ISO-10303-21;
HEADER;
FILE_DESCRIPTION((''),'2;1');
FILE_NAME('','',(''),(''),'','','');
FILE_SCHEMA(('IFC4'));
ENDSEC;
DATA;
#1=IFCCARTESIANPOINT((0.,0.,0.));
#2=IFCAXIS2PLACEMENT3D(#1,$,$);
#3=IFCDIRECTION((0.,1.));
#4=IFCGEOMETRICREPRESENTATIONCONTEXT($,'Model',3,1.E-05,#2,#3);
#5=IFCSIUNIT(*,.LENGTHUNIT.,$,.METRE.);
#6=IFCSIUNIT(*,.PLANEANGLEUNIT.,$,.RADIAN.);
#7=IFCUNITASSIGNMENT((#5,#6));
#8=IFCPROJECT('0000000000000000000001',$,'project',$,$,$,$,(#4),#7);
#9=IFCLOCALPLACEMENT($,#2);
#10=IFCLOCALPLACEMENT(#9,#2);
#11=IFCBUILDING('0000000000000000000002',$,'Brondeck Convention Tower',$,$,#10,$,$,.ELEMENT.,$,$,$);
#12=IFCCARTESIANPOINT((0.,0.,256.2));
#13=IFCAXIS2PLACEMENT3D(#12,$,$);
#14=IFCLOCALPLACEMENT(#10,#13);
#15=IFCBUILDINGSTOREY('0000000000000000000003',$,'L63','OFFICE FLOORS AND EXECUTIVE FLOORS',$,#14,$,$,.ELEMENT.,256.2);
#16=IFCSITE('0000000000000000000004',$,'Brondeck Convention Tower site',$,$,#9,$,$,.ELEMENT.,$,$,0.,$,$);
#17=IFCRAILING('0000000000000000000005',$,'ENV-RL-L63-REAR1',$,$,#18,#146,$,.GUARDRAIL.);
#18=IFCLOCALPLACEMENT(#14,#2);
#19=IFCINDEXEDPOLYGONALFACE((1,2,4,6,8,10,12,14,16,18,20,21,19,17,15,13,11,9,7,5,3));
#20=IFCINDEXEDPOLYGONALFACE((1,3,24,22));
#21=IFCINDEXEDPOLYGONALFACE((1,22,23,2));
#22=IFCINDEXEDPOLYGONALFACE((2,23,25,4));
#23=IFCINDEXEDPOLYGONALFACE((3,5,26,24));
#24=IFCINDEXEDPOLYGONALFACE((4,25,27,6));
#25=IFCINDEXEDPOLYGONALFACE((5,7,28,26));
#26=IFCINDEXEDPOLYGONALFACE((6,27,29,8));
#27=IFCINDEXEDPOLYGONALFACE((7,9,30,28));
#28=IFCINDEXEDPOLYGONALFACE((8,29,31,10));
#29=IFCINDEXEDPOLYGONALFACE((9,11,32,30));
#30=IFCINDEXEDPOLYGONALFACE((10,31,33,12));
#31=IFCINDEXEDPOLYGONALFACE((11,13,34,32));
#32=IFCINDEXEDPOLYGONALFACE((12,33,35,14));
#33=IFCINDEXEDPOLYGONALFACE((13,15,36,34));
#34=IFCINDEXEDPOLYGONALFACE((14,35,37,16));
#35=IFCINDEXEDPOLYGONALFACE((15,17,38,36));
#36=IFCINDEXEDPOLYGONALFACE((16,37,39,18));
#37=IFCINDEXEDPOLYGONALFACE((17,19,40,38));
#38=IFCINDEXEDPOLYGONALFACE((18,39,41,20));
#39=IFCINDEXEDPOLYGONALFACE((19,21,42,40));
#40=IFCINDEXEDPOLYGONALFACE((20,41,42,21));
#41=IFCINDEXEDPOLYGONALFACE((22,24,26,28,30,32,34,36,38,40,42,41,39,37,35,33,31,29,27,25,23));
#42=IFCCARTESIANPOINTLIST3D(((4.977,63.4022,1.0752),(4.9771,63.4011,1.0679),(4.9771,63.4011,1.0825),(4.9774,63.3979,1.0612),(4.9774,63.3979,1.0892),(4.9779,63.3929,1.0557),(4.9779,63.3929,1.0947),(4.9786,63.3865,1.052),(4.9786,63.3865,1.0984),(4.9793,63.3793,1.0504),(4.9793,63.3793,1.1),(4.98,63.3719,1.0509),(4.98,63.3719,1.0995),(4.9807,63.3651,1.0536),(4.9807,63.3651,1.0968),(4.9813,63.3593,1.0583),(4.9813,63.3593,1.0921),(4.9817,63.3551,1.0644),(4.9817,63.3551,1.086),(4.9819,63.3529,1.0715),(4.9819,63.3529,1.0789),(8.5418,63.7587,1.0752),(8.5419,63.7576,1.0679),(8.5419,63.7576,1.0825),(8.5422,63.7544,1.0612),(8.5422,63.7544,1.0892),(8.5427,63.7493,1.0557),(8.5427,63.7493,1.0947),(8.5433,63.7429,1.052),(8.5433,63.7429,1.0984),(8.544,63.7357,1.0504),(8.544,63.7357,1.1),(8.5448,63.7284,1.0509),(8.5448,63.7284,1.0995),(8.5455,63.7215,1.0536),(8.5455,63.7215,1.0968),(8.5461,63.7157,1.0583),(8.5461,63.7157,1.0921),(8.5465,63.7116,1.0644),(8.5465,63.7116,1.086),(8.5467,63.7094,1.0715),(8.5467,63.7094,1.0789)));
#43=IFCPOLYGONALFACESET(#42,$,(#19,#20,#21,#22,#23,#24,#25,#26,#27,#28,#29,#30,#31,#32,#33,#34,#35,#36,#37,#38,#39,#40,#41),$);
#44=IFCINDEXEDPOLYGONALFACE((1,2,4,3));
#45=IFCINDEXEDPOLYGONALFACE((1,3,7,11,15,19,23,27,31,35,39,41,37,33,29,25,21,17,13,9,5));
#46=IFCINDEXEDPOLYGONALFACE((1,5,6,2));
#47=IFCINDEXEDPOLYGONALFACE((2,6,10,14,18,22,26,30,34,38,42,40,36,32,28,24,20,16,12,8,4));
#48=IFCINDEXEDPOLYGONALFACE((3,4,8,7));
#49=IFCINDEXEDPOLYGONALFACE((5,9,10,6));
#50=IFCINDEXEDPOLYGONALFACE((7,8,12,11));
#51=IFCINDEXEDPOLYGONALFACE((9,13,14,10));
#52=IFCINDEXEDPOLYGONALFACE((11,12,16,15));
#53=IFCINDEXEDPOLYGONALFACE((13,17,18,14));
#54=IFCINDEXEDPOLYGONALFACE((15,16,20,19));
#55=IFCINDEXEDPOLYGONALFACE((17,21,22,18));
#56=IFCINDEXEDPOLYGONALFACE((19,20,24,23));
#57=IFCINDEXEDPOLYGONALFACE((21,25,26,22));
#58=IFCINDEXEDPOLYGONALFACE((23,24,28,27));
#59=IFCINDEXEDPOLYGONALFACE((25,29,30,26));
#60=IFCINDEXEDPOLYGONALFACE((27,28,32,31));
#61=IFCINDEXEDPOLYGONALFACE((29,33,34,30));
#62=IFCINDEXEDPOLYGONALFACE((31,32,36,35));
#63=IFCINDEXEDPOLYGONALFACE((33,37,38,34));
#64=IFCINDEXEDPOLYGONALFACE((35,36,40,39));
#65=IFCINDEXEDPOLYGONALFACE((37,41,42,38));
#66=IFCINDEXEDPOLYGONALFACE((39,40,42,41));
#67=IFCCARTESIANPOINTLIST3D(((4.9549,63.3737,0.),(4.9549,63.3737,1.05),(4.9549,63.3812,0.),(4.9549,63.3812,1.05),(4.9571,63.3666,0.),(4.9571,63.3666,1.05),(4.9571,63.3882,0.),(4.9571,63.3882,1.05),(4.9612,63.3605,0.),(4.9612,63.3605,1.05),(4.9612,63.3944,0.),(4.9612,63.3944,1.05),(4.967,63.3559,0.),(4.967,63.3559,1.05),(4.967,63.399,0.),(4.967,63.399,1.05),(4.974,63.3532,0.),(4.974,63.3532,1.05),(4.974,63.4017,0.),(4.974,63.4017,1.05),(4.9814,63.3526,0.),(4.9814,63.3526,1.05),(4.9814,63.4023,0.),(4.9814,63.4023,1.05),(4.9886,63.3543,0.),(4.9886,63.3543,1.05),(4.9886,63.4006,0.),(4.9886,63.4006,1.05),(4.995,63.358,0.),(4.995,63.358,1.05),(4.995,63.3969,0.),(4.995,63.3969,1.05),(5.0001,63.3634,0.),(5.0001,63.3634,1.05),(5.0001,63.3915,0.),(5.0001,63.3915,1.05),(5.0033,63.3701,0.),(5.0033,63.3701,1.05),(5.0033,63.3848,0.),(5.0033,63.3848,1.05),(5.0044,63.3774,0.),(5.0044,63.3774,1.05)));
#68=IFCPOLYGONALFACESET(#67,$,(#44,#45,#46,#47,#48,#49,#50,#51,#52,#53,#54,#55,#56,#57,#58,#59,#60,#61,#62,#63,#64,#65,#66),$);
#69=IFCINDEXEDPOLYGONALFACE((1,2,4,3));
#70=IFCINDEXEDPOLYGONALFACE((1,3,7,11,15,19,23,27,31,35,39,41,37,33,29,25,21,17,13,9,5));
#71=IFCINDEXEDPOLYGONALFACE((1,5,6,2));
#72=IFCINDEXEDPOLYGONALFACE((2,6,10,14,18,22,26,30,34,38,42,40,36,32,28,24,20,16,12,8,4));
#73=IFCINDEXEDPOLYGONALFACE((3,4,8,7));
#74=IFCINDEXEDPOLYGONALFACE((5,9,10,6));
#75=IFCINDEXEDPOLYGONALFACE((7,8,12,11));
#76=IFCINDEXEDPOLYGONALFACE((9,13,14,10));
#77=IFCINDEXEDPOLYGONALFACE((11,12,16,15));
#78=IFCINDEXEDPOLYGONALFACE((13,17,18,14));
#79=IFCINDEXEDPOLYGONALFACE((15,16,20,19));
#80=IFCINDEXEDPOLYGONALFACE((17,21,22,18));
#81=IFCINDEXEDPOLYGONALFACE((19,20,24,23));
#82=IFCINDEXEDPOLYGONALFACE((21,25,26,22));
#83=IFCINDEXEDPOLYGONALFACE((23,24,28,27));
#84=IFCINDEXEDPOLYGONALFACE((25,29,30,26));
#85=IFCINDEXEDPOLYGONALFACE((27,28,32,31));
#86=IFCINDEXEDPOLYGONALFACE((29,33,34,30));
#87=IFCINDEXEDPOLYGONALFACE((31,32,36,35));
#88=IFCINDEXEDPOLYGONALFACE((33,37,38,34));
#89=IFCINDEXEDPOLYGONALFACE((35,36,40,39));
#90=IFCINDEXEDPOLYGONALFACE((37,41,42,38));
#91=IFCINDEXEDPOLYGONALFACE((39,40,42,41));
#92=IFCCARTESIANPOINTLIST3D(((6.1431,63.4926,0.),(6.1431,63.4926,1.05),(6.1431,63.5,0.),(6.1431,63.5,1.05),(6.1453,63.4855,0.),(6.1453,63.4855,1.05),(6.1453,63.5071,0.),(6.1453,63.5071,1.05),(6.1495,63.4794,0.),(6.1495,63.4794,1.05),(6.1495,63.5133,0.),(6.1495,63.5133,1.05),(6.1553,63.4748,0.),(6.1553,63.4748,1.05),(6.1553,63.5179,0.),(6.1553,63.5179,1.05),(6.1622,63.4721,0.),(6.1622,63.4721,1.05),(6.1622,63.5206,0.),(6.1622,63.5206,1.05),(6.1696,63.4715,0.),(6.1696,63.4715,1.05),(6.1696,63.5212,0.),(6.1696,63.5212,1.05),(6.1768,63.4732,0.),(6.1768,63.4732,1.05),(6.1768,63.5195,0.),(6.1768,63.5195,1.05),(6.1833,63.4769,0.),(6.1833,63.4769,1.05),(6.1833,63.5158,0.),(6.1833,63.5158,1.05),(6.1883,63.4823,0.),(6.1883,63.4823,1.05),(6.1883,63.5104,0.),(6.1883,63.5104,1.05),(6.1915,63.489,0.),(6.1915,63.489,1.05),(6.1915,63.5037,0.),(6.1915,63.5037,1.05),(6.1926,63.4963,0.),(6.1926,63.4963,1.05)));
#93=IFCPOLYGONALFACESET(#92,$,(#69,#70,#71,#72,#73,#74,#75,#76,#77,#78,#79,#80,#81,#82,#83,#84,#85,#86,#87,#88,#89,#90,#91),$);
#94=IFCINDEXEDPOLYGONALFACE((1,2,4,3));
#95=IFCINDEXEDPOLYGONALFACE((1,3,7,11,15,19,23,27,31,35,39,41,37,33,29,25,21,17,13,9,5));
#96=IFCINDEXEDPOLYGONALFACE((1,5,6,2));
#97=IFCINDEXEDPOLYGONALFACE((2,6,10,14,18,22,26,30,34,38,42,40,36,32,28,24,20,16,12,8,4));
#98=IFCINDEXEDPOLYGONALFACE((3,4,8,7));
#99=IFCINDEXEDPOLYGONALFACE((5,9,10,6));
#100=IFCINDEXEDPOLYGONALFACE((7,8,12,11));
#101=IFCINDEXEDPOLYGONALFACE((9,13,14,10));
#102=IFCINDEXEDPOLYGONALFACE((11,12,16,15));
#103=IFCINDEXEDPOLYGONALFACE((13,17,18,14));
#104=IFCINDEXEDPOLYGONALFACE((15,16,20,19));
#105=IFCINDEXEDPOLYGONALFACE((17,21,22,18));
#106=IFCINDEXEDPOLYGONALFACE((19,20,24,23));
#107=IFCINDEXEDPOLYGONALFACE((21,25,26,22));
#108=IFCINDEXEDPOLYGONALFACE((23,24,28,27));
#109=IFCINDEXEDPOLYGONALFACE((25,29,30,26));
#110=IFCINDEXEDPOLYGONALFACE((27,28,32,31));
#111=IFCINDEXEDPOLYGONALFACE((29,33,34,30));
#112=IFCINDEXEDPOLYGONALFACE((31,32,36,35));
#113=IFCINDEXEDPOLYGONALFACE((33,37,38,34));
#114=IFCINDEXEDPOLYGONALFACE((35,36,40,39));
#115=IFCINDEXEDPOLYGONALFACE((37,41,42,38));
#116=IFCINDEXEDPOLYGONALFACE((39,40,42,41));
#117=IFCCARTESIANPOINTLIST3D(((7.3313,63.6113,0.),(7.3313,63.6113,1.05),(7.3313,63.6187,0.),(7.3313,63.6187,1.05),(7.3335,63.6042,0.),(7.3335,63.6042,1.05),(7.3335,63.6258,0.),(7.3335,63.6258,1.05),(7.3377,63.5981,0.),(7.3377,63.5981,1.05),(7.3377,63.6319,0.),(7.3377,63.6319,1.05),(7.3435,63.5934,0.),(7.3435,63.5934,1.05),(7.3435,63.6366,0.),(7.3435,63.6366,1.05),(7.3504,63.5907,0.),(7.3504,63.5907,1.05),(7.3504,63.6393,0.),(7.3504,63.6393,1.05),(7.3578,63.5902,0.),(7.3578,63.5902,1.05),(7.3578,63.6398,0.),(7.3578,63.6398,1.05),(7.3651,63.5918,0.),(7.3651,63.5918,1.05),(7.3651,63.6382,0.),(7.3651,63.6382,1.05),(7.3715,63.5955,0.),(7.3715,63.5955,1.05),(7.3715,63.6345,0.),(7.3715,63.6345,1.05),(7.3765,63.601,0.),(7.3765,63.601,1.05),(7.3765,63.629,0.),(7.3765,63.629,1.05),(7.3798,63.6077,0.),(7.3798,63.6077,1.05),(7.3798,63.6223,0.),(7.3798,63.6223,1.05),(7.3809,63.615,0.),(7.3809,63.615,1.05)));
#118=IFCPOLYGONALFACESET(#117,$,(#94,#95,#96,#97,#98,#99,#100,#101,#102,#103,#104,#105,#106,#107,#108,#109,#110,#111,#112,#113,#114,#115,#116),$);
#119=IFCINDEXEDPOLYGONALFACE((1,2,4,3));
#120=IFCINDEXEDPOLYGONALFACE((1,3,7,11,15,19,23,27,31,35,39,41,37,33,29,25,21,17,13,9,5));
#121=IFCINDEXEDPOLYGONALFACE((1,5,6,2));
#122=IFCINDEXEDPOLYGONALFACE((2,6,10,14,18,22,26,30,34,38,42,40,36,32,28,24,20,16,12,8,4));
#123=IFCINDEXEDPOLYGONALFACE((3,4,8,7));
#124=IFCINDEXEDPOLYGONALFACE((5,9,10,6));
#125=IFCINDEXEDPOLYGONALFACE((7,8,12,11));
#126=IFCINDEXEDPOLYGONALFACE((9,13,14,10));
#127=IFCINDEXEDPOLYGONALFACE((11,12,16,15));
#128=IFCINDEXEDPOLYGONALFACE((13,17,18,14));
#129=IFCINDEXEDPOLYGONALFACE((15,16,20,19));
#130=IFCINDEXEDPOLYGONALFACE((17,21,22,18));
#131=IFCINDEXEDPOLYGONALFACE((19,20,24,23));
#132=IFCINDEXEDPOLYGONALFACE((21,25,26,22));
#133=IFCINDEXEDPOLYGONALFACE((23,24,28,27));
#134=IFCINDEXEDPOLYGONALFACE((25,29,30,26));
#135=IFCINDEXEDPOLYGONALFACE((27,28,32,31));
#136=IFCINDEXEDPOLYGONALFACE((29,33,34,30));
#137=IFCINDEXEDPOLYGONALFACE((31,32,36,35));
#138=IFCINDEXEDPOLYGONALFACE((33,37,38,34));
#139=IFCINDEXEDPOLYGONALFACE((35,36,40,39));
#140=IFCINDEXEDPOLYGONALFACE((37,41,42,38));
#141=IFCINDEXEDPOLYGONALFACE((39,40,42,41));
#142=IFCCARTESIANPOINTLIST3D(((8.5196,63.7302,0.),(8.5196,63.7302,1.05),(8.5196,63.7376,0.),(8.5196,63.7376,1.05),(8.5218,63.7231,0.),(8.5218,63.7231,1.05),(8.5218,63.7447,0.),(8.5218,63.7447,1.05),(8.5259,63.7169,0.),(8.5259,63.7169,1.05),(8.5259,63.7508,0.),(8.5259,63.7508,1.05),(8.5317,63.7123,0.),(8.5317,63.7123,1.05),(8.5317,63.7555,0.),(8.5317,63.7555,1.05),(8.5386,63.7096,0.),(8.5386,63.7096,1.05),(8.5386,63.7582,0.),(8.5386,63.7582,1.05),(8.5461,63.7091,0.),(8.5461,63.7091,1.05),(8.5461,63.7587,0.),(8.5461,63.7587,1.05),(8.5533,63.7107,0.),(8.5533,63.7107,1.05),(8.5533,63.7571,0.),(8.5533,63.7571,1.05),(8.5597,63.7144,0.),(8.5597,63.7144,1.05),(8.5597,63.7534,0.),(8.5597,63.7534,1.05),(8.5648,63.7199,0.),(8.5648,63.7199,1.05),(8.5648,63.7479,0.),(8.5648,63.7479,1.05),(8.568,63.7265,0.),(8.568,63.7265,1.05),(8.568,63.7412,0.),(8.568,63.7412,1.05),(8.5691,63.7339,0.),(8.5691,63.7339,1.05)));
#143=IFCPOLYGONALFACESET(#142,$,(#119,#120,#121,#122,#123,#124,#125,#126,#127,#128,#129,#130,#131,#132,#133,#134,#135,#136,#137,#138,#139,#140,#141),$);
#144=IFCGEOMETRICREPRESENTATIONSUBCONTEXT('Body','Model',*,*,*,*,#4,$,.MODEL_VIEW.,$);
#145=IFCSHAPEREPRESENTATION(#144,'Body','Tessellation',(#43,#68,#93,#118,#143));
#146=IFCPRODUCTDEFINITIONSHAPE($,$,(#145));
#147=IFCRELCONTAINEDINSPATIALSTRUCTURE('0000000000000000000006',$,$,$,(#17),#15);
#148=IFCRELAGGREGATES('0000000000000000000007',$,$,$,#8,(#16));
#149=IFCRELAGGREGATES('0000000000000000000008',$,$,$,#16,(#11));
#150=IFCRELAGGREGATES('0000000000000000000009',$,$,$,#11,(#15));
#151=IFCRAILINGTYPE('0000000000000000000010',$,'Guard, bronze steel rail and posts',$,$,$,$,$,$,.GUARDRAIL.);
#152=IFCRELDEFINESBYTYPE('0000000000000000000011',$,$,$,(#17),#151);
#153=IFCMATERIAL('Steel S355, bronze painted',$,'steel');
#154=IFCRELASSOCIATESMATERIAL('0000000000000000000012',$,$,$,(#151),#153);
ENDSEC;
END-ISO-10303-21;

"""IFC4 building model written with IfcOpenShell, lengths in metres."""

from ifc_helpers import new_model, si_unit, direction, frame, origin, origin_2d, place, context, subcontext, project, spatial, circle, extrude, material, type_object, element, save


model = new_model("IFC4")

# Units and contexts
model_context = context("Model", 3, precision=1e-05, world=origin(), true_north=direction((0.0, 1.0)))
body_context = subcontext(model_context, "Body", "Model", "MODEL_VIEW")
ifc_project = project(units=[si_unit("LENGTHUNIT", "METRE"), si_unit("PLANEANGLEUNIT", "RADIAN")], contexts=[model_context])

# Site, building, storey
site_placement = place(None, origin())
site = spatial("IfcSite", under=ifc_project, at=site_placement, Name="Brondeck Convention Tower site", CompositionType="ELEMENT", RefElevation=0.0)
building_placement = place(site_placement, origin())
building = spatial("IfcBuilding", under=site, at=building_placement, Name="Brondeck Convention Tower", CompositionType="ELEMENT")
storey_placement = place(building_placement, frame((0.0, 0.0, 256.2)))
storey = spatial("IfcBuildingStorey", under=building, at=storey_placement, Name="L63", Description="OFFICE FLOORS AND EXECUTIVE FLOORS", CompositionType="ELEMENT", Elevation=256.2)

# Railing
ifc_material_1 = material(Name="Steel S355, bronze painted", Category="steel")
railing_type = type_object("IfcRailingType", Name="Guard, bronze steel rail and posts", PredefinedType="GUARDRAIL", material=ifc_material_1)
railing_placement = place(storey_placement, frame((4.9795, 63.3774, 0.0)))
element("IfcRailing", 1, at=railing_placement, inside=storey, type_object=railing_type, Name="ENV-RL-L63-REAR1", PredefinedType="GUARDRAIL", context=body_context, shape_type="SweptSolid", body=[
    extrude(circle(Radius=0.0249, at=origin_2d()), frame((0.0, 0.0, 1.0752), z_axis=(0.995038, 0.099497, 0.0), x_axis=(-0.099497, 0.995038, 0.0)), (0.0, 0.0, 1.0), 3.5825),
    extrude(circle(Radius=0.0249, at=origin_2d()), origin(), (0.0, 0.0, 1.0), 1.05),
    extrude(circle(Radius=0.0249, at=origin_2d()), frame((1.1882, 0.1189, 0.0)), (0.0, 0.0, 1.0), 1.05),
    extrude(circle(Radius=0.0249, at=origin_2d()), frame((2.3765, 0.2375, 0.0)), (0.0, 0.0, 1.0), 1.05),
    extrude(circle(Radius=0.0249, at=origin_2d()), frame((3.5647, 0.3564, 0.0)), (0.0, 0.0, 1.0), 1.05),
])

save(model, "model.ifc")
